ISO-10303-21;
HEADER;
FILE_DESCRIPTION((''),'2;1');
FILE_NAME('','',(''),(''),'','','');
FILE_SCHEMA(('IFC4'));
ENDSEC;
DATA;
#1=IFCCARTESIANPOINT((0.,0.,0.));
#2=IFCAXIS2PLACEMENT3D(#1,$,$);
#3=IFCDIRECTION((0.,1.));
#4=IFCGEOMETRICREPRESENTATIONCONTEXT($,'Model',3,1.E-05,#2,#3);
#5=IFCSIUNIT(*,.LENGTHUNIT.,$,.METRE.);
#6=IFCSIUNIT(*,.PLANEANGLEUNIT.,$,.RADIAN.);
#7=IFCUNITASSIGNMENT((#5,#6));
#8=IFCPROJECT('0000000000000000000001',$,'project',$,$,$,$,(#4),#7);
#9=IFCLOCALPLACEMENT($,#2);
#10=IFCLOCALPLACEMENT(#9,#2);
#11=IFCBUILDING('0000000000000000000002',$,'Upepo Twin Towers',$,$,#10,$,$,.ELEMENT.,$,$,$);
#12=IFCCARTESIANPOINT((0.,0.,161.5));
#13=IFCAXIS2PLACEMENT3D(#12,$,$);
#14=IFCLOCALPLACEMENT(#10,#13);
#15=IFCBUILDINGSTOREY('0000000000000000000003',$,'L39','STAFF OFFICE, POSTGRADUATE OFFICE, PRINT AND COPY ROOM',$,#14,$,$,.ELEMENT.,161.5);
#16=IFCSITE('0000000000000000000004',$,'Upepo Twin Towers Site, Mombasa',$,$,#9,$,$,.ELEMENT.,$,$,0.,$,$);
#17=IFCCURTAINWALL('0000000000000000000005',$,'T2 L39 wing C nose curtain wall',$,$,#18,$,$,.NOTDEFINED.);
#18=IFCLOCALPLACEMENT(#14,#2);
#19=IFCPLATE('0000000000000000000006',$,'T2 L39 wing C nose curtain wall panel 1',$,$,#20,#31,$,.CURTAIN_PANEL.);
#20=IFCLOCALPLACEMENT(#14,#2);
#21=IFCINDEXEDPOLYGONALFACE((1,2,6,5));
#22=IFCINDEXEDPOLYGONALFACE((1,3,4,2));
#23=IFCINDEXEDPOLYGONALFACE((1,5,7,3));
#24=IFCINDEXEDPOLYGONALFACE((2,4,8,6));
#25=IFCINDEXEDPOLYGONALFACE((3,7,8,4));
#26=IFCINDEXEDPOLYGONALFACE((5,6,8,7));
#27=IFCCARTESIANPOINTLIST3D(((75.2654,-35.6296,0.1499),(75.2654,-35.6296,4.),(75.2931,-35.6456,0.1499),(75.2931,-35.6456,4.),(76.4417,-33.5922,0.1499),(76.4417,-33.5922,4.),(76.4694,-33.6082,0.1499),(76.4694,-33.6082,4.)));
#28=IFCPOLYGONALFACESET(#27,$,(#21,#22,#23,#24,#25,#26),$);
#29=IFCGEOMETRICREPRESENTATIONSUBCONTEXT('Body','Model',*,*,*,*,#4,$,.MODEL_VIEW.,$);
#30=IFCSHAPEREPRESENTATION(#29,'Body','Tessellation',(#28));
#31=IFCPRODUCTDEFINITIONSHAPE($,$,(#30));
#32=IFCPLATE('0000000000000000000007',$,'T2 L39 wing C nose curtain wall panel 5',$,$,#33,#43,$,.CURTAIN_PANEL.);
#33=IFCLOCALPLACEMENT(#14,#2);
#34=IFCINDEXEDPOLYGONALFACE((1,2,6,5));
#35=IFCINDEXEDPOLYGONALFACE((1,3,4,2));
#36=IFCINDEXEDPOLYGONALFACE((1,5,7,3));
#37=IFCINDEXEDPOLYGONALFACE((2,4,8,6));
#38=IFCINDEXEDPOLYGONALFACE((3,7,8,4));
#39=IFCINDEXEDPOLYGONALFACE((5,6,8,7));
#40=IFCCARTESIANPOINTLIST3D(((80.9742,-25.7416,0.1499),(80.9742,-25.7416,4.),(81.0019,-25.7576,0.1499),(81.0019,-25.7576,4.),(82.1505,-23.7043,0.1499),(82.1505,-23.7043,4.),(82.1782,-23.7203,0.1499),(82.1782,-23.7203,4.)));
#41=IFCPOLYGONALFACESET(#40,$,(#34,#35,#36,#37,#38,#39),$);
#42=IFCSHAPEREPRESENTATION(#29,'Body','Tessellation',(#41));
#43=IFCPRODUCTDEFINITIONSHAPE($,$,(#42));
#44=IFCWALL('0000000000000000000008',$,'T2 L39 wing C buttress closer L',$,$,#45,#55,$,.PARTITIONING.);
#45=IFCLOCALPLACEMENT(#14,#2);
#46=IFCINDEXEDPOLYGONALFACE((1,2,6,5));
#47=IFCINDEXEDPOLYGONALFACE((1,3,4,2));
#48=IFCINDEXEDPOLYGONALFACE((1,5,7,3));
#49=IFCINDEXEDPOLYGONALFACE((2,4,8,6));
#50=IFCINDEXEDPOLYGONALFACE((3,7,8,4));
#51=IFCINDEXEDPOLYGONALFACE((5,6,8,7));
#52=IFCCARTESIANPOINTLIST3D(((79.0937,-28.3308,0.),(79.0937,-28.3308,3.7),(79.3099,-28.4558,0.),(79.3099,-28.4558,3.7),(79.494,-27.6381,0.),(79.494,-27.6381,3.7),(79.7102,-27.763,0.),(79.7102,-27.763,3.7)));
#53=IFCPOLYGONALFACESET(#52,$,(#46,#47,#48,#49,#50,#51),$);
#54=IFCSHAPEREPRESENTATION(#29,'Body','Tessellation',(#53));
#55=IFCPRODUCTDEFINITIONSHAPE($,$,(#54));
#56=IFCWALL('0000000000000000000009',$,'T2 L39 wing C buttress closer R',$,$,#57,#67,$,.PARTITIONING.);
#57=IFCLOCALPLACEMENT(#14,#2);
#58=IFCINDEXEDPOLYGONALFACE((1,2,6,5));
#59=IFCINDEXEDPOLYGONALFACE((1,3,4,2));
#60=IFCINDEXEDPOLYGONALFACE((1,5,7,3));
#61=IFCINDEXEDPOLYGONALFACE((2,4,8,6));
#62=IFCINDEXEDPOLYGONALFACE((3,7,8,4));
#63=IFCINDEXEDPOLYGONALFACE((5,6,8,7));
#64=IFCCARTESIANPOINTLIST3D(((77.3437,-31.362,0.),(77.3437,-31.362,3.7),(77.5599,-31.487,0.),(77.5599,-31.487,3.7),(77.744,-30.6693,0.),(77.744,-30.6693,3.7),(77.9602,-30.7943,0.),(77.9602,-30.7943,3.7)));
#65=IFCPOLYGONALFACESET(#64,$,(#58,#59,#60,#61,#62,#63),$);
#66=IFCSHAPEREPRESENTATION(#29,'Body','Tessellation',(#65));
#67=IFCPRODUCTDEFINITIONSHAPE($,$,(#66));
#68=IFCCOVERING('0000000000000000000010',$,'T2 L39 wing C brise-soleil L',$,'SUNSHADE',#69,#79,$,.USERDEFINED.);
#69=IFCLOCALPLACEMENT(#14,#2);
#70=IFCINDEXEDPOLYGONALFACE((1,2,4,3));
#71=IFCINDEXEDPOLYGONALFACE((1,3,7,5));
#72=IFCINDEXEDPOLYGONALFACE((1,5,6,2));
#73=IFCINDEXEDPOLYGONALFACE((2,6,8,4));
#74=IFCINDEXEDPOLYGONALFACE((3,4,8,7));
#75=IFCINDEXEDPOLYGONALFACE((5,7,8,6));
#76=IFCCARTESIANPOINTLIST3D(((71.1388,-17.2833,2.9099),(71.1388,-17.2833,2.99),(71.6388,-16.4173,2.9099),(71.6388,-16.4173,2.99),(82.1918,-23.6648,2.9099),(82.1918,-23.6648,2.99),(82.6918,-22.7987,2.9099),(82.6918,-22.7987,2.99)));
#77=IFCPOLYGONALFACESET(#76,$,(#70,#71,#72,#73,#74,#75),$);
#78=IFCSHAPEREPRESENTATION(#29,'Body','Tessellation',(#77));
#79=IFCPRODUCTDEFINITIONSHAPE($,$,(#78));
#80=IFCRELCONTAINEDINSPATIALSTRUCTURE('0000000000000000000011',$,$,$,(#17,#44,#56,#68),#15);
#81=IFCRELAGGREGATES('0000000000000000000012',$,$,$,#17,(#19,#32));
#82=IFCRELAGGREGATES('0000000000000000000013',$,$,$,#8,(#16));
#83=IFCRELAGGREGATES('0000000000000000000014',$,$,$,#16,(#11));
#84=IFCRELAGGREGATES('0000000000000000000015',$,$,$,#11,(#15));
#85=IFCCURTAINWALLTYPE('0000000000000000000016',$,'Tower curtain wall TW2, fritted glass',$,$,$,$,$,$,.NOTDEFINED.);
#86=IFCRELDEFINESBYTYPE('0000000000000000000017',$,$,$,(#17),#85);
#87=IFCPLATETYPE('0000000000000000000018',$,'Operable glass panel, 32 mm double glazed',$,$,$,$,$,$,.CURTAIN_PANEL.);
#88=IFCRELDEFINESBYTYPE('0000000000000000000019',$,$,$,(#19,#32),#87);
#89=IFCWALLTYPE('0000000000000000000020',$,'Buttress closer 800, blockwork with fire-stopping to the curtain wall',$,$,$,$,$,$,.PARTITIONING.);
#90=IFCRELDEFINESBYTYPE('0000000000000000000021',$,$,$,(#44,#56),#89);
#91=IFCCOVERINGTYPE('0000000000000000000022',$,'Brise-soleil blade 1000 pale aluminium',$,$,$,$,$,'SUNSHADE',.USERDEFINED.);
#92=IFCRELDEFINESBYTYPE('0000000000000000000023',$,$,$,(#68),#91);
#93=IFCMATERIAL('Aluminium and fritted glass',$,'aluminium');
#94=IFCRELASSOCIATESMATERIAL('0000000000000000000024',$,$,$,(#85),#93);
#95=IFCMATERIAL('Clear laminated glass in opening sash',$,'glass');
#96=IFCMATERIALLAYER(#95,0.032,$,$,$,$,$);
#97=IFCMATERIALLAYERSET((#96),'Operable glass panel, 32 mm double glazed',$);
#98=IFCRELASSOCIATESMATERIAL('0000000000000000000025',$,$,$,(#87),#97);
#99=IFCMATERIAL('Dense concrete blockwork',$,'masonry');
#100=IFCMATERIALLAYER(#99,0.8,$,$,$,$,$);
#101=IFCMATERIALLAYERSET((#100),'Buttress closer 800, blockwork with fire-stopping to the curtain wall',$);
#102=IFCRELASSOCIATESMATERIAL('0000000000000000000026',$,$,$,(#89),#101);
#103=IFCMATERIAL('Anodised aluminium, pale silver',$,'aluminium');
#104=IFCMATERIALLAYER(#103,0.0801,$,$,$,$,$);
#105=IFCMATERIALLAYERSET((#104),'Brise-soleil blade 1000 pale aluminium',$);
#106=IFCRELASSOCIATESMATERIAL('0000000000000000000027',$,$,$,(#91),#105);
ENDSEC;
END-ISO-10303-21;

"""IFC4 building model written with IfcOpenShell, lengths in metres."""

from ifc_helpers import new_model, si_unit, direction, frame, frame_2d, origin, origin_2d, place, context, subcontext, project, spatial, rectangle, extrude, material, layer, layer_set, type_object, element, aggregate, save


model = new_model("IFC4")

# Units and contexts
model_context = context("Model", 3, precision=1e-05, world=origin(), true_north=direction((0.0, 1.0)))
body_context = subcontext(model_context, "Body", "Model", "MODEL_VIEW")
ifc_project = project(units=[si_unit("LENGTHUNIT", "METRE"), si_unit("PLANEANGLEUNIT", "RADIAN")], contexts=[model_context])

# Site, building, storey
site_placement = place(None, origin())
site = spatial("IfcSite", under=ifc_project, at=site_placement, Name="Upepo Twin Towers Site, Mombasa", CompositionType="ELEMENT", RefElevation=0.0)
building_placement = place(site_placement, origin())
building = spatial("IfcBuilding", under=site, at=building_placement, Name="Upepo Twin Towers", CompositionType="ELEMENT")
storey_placement = place(building_placement, frame((0.0, 0.0, 161.5)))
storey = spatial("IfcBuildingStorey", under=building, at=storey_placement, Name="L39", Description="STAFF OFFICE, POSTGRADUATE OFFICE, PRINT AND COPY ROOM", CompositionType="ELEMENT", Elevation=161.5)

# Shared definitions
ifc_material_1 = material(Name="Aluminium and fritted glass", Category="aluminium")
curtain_wall_type = type_object("IfcCurtainWallType", Name="Tower curtain wall TW2, fritted glass", PredefinedType="NOTDEFINED", material=ifc_material_1)

# Curtain wall
curtain_wall_1_placement = place(storey_placement, origin())
curtain_wall_1 = element("IfcCurtainWall", 1, at=curtain_wall_1_placement, inside=storey, type_object=curtain_wall_type, Name="T2 L39 wing C nose curtain wall", PredefinedType="NOTDEFINED")

# Plates
ifc_material_2 = material(Name="Clear laminated glass in opening sash", Category="glass")
ifc_layer_1 = layer(ifc_material_2, 0.032)
ifc_layer_set_1 = layer_set([ifc_layer_1], Name="Operable glass panel, 32 mm double glazed")
plate_type_1 = type_object("IfcPlateType", Name="Operable glass panel, 32 mm double glazed", PredefinedType="CURTAIN_PANEL", material=ifc_layer_set_1)
plate_1_placement = place(storey_placement, frame((75.8674, -34.6189, 0.1499), z_axis=(0.0, 0.0, 1.0), x_axis=(0.5, 0.866025, 0.0)))
plate_1 = element("IfcPlate", 2, at=plate_1_placement, type_object=plate_type_1, Name="T2 L39 wing C nose curtain wall panel 1", PredefinedType="CURTAIN_PANEL", context=body_context, shape_type="SweptSolid", body=[
    extrude(rectangle(XDim=2.3525, YDim=0.032, at=origin_2d()), origin(), (0.0, 0.0, 1.0), 3.8501),
])
plate_2_placement = place(storey_placement, frame((81.5762, -24.731, 0.1499), z_axis=(0.0, 0.0, 1.0), x_axis=(0.5, 0.866025, 0.0)))
plate_2 = element("IfcPlate", 3, at=plate_2_placement, type_object=plate_type_1, Name="T2 L39 wing C nose curtain wall panel 5", PredefinedType="CURTAIN_PANEL", context=body_context, shape_type="SweptSolid", body=[
    extrude(rectangle(XDim=2.3525, YDim=0.032, at=origin_2d()), origin(), (0.0, 0.0, 1.0), 3.8501),
])
aggregate(curtain_wall_1, [plate_1, plate_2])

# Walls
ifc_material_3 = material(Name="Dense concrete blockwork", Category="masonry")
ifc_layer_2 = layer(ifc_material_3, 0.8)
ifc_layer_set_2 = layer_set([ifc_layer_2], Name="Buttress closer 800, blockwork with fire-stopping to the curtain wall")
wall_type = type_object("IfcWallType", Name="Buttress closer 800, blockwork with fire-stopping to the curtain wall", PredefinedType="PARTITIONING", material=ifc_layer_set_2)
for number, where, z_axis, x_axis, name in (
    (4, (79.2937, -27.9844, 0.0), (0.0, 0.0, 1.0), (0.865827, -0.500343, 0.0), "T2 L39 wing C buttress closer L"),
    (5, (77.5437, -31.0156, 0.0), (0.0, 0.0, 1.0), (0.865827, -0.500343, 0.0), "T2 L39 wing C buttress closer R"),
):
    element("IfcWall", number, at=place(storey_placement, frame(where, z_axis=z_axis, x_axis=x_axis)), inside=storey, type_object=wall_type, Name=name, PredefinedType="PARTITIONING", context=body_context, shape_type="SweptSolid", body=[
        extrude(rectangle(XDim=0.2498, YDim=0.8, at=frame_2d((0.125, 0.0))), origin(), (0.0, 0.0, 1.0), 3.7),
    ])

# Covering
ifc_material_4 = material(Name="Anodised aluminium, pale silver", Category="aluminium")
ifc_layer_3 = layer(ifc_material_4, 0.0801)
ifc_layer_set_3 = layer_set([ifc_layer_3], Name="Brise-soleil blade 1000 pale aluminium")
covering_type = type_object("IfcCoveringType", Name="Brise-soleil blade 1000 pale aluminium", ElementType="SUNSHADE", PredefinedType="USERDEFINED", material=ifc_layer_set_3)
covering_placement = place(storey_placement, frame((76.9153, -20.041, 2.9099), z_axis=(0.0, 0.0, 1.0), x_axis=(0.866025, -0.5, 0.0)))
element("IfcCovering", 6, at=covering_placement, inside=storey, type_object=covering_type, Name="T2 L39 wing C brise-soleil L", ObjectType="SUNSHADE", PredefinedType="USERDEFINED", context=body_context, shape_type="SweptSolid", body=[
    extrude(rectangle(XDim=12.7629, YDim=1.0, at=origin_2d()), origin(), (0.0, 0.0, 1.0), 0.0801),
])

save(model, "model.ifc")
